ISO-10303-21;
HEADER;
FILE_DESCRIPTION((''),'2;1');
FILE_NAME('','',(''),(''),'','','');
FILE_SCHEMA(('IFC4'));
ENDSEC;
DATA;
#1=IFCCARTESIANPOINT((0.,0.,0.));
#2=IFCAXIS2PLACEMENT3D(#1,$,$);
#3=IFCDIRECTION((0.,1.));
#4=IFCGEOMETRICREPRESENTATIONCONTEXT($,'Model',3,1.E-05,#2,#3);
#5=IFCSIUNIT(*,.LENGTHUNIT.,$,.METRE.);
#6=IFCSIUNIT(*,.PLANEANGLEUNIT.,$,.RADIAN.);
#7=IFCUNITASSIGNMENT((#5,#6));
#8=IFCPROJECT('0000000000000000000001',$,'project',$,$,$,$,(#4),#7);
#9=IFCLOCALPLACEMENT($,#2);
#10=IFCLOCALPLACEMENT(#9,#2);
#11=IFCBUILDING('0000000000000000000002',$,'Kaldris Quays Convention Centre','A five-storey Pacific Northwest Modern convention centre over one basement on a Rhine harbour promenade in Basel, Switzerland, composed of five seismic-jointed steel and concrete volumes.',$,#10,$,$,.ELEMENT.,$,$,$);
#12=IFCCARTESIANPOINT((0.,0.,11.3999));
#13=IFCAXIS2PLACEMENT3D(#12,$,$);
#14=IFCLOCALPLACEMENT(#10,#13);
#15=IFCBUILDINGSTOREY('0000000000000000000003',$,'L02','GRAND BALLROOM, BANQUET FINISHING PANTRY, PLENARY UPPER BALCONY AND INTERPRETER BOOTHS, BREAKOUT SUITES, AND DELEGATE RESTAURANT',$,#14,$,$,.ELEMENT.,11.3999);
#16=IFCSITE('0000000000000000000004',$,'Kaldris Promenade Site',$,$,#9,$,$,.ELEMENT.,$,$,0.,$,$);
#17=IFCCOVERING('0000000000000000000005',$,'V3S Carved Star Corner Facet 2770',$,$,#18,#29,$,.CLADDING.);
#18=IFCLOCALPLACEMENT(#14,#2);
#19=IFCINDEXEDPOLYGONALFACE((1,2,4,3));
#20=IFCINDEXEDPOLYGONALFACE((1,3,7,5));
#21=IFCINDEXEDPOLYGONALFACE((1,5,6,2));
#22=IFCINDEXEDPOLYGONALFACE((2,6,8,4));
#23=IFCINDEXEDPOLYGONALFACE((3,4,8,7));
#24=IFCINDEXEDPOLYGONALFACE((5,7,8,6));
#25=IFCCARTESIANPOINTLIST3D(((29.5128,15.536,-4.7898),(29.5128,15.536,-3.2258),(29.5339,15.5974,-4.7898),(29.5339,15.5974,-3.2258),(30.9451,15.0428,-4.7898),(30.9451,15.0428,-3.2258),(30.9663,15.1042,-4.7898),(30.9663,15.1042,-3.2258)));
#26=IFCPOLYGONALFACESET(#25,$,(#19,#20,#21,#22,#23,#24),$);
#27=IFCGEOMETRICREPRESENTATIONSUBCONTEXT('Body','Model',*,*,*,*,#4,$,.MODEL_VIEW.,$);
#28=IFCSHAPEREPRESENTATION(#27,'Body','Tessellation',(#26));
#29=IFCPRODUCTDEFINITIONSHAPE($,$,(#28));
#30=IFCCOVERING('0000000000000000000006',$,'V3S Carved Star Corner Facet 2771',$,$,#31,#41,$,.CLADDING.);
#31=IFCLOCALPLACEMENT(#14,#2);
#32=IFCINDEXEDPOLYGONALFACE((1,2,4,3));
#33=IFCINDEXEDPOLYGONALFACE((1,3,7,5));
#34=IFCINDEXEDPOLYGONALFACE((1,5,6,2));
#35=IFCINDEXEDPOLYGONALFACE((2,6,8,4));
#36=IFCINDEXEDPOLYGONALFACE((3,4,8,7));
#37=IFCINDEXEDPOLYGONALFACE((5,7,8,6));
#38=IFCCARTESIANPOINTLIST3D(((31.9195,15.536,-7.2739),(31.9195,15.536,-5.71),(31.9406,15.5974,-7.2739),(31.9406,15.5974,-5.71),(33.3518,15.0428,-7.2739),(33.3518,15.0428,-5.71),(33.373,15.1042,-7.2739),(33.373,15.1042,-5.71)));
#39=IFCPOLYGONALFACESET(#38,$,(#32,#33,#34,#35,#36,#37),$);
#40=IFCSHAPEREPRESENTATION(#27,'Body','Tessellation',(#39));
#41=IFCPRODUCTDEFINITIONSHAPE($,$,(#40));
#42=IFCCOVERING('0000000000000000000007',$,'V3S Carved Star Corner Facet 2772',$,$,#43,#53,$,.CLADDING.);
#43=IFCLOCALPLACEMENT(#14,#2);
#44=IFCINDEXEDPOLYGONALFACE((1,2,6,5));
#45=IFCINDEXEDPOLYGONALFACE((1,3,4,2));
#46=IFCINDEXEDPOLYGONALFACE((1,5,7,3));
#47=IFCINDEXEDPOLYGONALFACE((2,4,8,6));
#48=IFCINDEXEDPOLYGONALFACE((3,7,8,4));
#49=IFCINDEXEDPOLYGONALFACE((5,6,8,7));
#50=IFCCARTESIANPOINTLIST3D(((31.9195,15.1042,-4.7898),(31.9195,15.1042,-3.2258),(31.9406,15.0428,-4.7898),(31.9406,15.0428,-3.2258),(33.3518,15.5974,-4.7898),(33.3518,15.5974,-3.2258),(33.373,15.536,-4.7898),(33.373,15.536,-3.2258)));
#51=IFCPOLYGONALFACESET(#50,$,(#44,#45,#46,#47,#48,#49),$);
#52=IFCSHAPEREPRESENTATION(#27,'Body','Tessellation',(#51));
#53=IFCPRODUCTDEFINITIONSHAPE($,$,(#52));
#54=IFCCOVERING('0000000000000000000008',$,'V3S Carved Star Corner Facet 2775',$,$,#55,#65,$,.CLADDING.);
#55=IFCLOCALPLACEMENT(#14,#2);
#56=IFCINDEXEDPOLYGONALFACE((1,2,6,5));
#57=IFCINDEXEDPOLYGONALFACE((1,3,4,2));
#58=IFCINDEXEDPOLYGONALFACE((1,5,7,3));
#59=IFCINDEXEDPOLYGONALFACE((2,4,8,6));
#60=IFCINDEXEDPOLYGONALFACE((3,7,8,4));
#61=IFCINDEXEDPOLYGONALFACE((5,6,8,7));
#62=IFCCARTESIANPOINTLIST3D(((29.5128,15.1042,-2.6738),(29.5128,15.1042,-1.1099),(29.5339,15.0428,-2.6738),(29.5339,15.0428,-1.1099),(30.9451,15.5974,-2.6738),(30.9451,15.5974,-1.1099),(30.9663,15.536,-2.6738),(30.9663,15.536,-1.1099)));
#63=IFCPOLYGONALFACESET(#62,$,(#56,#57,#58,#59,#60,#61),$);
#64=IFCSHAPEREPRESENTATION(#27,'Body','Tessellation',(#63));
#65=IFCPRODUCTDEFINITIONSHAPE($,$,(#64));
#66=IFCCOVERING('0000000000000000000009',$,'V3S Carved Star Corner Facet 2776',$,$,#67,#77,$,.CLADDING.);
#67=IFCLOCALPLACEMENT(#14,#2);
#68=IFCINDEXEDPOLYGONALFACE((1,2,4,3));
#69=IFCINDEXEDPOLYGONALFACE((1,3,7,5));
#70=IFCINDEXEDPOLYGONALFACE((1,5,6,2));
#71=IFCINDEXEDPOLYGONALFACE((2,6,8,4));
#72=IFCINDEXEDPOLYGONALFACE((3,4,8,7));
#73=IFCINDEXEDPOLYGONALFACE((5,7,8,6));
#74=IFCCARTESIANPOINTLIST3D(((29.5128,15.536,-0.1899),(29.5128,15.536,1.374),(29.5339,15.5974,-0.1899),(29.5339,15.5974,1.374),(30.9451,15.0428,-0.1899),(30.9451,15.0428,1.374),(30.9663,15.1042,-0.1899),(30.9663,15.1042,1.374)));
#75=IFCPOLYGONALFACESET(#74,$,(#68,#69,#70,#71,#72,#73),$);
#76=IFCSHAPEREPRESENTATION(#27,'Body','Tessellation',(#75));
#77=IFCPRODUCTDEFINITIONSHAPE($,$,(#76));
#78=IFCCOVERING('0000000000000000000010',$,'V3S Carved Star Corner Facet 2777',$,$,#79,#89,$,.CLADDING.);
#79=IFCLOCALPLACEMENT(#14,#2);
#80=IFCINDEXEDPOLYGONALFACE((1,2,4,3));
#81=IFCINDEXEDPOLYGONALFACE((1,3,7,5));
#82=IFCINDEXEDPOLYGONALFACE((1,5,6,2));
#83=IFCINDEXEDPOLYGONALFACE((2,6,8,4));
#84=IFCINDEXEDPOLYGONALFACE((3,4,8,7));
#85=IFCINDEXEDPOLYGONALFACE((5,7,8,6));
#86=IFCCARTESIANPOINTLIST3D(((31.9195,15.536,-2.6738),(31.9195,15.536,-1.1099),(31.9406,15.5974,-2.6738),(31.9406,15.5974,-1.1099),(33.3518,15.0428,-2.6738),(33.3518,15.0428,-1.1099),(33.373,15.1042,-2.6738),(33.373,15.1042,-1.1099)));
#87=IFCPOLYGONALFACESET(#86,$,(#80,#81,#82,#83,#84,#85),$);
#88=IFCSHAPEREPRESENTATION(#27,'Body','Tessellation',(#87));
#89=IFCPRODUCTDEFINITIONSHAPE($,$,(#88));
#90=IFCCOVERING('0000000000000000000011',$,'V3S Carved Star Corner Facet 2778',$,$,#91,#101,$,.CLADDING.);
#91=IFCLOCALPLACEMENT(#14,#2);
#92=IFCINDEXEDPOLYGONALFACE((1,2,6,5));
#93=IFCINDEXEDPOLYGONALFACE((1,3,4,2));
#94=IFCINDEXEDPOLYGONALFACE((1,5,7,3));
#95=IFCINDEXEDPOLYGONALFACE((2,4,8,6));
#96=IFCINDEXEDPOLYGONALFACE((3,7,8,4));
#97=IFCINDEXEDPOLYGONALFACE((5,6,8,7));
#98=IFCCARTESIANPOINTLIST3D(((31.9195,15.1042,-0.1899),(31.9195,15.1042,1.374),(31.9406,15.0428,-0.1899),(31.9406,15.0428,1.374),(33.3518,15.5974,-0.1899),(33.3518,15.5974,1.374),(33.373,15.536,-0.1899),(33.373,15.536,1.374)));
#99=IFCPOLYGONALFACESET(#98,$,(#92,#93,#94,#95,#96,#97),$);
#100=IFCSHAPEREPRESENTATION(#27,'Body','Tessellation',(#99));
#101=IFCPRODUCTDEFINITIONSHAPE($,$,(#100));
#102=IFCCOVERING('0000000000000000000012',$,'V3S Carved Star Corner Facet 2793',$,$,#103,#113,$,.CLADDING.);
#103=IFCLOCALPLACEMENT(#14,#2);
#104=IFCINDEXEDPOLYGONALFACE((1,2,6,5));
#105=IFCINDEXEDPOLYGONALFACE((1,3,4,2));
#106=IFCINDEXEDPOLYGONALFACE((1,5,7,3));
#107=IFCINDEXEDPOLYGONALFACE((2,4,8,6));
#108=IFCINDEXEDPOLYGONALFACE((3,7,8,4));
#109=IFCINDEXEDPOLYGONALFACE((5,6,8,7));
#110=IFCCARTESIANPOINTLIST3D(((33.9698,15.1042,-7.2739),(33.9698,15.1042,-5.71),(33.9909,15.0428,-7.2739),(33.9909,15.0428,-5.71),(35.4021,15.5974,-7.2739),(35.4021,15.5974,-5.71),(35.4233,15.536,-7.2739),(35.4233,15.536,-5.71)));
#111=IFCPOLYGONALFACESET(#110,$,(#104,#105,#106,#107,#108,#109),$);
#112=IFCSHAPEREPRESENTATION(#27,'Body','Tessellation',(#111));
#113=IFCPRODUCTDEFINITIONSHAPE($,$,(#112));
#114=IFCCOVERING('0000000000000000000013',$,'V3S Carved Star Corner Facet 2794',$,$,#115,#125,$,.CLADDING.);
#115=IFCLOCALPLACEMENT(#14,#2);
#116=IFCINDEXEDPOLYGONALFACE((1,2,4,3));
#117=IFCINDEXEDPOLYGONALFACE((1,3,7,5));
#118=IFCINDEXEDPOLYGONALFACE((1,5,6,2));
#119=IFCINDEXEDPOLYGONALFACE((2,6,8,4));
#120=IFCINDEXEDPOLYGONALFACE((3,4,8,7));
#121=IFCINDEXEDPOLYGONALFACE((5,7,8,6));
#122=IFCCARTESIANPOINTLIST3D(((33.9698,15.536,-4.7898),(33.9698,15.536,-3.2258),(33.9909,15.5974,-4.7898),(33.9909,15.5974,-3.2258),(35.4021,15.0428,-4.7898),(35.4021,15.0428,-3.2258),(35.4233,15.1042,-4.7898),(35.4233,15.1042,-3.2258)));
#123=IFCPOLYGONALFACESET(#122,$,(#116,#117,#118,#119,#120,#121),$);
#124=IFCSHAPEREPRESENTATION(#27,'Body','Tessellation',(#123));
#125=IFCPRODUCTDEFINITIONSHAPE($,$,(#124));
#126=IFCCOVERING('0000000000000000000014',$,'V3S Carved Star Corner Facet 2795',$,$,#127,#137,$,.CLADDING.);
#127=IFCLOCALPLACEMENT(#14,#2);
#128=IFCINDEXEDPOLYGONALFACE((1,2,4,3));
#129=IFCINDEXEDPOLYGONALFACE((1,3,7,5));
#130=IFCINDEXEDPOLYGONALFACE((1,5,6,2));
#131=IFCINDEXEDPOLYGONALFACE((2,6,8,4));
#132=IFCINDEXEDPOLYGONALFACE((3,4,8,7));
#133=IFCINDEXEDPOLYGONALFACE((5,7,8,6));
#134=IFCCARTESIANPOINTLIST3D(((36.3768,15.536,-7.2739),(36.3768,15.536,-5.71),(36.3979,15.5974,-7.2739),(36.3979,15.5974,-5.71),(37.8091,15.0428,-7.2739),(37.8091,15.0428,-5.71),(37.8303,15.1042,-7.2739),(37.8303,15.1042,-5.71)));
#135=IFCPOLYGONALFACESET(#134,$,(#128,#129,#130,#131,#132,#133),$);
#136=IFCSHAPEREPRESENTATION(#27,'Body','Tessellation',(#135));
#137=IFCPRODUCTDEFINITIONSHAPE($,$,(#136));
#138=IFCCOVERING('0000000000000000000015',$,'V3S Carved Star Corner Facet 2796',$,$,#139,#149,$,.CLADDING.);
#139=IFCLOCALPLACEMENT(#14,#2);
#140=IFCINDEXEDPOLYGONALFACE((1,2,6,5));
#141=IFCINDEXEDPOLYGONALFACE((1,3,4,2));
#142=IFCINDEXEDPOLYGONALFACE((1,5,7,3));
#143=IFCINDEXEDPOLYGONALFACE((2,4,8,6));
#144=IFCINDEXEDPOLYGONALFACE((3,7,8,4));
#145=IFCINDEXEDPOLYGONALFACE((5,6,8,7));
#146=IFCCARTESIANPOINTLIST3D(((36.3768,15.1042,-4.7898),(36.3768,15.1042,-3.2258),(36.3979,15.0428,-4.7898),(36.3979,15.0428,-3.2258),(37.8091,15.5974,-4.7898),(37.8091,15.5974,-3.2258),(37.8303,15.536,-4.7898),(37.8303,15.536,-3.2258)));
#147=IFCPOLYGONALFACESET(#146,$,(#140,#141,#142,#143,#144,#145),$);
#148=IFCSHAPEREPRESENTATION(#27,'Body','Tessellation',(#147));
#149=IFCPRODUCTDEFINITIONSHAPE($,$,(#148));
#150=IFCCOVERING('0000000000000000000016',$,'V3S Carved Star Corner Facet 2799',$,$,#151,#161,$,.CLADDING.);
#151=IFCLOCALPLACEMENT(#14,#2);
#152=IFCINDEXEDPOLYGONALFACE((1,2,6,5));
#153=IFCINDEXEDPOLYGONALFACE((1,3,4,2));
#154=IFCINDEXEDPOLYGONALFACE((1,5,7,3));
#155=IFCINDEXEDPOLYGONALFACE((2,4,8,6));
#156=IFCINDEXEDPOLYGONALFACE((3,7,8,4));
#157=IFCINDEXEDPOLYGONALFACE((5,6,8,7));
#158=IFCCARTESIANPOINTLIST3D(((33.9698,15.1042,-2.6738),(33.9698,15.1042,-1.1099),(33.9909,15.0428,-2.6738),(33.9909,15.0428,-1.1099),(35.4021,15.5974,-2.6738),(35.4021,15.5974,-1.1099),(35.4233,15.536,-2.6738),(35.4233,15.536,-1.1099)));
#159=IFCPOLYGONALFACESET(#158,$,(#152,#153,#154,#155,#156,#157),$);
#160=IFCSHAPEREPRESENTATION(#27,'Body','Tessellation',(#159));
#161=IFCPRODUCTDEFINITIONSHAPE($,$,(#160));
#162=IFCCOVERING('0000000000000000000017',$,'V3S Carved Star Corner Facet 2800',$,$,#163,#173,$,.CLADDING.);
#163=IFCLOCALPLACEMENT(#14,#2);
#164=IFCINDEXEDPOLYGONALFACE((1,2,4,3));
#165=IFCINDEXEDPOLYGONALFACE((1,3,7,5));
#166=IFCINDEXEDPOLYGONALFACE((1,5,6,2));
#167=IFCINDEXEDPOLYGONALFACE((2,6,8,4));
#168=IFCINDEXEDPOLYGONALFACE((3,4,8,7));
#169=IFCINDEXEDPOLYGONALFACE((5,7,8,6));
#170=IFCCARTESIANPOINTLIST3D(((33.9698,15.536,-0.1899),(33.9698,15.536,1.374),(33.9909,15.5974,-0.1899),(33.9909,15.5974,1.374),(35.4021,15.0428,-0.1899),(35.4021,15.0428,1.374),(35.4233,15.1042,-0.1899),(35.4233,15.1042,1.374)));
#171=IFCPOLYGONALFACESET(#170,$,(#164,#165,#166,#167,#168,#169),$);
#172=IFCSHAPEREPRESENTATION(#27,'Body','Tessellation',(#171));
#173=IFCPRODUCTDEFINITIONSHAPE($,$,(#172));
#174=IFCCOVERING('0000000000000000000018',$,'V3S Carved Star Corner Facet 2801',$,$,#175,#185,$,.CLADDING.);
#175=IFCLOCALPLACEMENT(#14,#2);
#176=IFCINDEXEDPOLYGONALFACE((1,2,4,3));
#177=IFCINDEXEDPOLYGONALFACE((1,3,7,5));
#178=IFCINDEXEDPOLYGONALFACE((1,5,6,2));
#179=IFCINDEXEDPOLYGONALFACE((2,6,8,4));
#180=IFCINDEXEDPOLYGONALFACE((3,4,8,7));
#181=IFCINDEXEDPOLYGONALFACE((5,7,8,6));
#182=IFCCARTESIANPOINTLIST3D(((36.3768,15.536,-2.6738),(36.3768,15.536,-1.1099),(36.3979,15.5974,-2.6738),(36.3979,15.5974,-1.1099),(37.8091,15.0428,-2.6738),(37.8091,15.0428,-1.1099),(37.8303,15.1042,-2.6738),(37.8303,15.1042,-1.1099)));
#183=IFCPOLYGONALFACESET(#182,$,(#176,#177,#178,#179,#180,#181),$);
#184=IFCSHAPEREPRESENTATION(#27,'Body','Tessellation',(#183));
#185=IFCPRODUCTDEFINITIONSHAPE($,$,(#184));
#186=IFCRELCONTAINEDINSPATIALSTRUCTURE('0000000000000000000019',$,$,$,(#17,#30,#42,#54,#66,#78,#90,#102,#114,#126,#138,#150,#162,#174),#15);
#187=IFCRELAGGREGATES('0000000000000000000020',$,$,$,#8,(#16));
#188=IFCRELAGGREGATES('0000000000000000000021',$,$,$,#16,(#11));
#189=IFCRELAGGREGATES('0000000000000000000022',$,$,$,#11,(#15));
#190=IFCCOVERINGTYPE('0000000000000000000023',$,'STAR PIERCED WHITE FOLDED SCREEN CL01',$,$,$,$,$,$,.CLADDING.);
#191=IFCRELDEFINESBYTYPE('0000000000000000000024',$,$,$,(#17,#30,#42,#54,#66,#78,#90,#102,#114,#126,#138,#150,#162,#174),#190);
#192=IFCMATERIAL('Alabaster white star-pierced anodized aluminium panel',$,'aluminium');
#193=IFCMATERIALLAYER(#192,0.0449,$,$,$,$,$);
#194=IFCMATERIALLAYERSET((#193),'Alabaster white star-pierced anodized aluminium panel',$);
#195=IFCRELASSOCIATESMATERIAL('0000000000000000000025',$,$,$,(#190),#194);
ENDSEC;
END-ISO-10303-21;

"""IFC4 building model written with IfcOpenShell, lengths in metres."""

from ifc_helpers import new_model, si_unit, direction, frame, origin, origin_2d, place, context, subcontext, project, spatial, rectangle, extrude, material, layer, layer_set, type_object, element, save


model = new_model("IFC4")

# Units and contexts
model_context = context("Model", 3, precision=1e-05, world=origin(), true_north=direction((0.0, 1.0)))
body_context = subcontext(model_context, "Body", "Model", "MODEL_VIEW")
ifc_project = project(units=[si_unit("LENGTHUNIT", "METRE"), si_unit("PLANEANGLEUNIT", "RADIAN")], contexts=[model_context])

# Site, building, storey
site_placement = place(None, origin())
site = spatial("IfcSite", under=ifc_project, at=site_placement, Name="Kaldris Promenade Site", CompositionType="ELEMENT", RefElevation=0.0)
building_placement = place(site_placement, origin())
building = spatial("IfcBuilding", under=site, at=building_placement, Name="Kaldris Quays Convention Centre", Description="A five-storey Pacific Northwest Modern convention centre over one basement on a Rhine harbour promenade in Basel, Switzerland, composed of five seismic-jointed steel and concrete volumes.", CompositionType="ELEMENT")
storey_placement = place(building_placement, frame((0.0, 0.0, 11.3999)))
storey = spatial("IfcBuildingStorey", under=building, at=storey_placement, Name="L02", Description="GRAND BALLROOM, BANQUET FINISHING PANTRY, PLENARY UPPER BALCONY AND INTERPRETER BOOTHS, BREAKOUT SUITES, AND DELEGATE RESTAURANT", CompositionType="ELEMENT", Elevation=11.3999)

# Coverings
ifc_material = material(Name="Alabaster white star-pierced anodized aluminium panel", Category="aluminium")
ifc_layer = layer(ifc_material, 0.0449)
ifc_layer_set = layer_set([ifc_layer], Name="Alabaster white star-pierced anodized aluminium panel")
covering_type = type_object("IfcCoveringType", Name="STAR PIERCED WHITE FOLDED SCREEN CL01", PredefinedType="CLADDING", material=ifc_layer_set)
for number, where, z_axis, x_axis, name in (
    (1, (30.2395, 15.3201, -4.7898), (0.0, 0.0, 1.0), (0.945519, -0.325568, 0.0), "V3S Carved Star Corner Facet 2770"),
    (2, (32.6462, 15.3201, -7.2739), (0.0, 0.0, 1.0), (0.945519, -0.325568, 0.0), "V3S Carved Star Corner Facet 2771"),
    (3, (32.6462, 15.3201, -4.7898), (0.0, 0.0, 1.0), (0.945519, 0.325568, 0.0), "V3S Carved Star Corner Facet 2772"),
    (4, (30.2395, 15.3201, -2.6738), (0.0, 0.0, 1.0), (0.945519, 0.325568, 0.0), "V3S Carved Star Corner Facet 2775"),
    (5, (30.2395, 15.3201, -0.1899), (0.0, 0.0, 1.0), (0.945519, -0.325568, 0.0), "V3S Carved Star Corner Facet 2776"),
    (6, (32.6462, 15.3201, -2.6738), (0.0, 0.0, 1.0), (0.945519, -0.325568, 0.0), "V3S Carved Star Corner Facet 2777"),
    (7, (32.6462, 15.3201, -0.1899), (0.0, 0.0, 1.0), (0.945519, 0.325568, 0.0), "V3S Carved Star Corner Facet 2778"),
    (8, (34.6965, 15.3201, -7.2739), (0.0, 0.0, 1.0), (0.945519, 0.325568, 0.0), "V3S Carved Star Corner Facet 2793"),
    (9, (34.6965, 15.3201, -4.7898), (0.0, 0.0, 1.0), (0.945519, -0.325568, 0.0), "V3S Carved Star Corner Facet 2794"),
    (10, (37.1035, 15.3201, -7.2739), (0.0, 0.0, 1.0), (0.945519, -0.325568, 0.0), "V3S Carved Star Corner Facet 2795"),
    (11, (37.1035, 15.3201, -4.7898), (0.0, 0.0, 1.0), (0.945519, 0.325568, 0.0), "V3S Carved Star Corner Facet 2796"),
    (12, (34.6965, 15.3201, -2.6738), (0.0, 0.0, 1.0), (0.945519, 0.325568, 0.0), "V3S Carved Star Corner Facet 2799"),
    (13, (34.6965, 15.3201, -0.1899), (0.0, 0.0, 1.0), (0.945519, -0.325568, 0.0), "V3S Carved Star Corner Facet 2800"),
    (14, (37.1035, 15.3201, -2.6738), (0.0, 0.0, 1.0), (0.945519, -0.325568, 0.0), "V3S Carved Star Corner Facet 2801"),
):
    element("IfcCovering", number, at=place(storey_placement, frame(where, z_axis=z_axis, x_axis=x_axis)), inside=storey, type_object=covering_type, Name=name, PredefinedType="CLADDING", context=body_context, shape_type="SweptSolid", body=[
        extrude(rectangle(XDim=1.5149, YDim=0.0649, at=origin_2d()), origin(), (0.0, 0.0, 1.0), 1.564),
    ])

save(model, "model.ifc")
